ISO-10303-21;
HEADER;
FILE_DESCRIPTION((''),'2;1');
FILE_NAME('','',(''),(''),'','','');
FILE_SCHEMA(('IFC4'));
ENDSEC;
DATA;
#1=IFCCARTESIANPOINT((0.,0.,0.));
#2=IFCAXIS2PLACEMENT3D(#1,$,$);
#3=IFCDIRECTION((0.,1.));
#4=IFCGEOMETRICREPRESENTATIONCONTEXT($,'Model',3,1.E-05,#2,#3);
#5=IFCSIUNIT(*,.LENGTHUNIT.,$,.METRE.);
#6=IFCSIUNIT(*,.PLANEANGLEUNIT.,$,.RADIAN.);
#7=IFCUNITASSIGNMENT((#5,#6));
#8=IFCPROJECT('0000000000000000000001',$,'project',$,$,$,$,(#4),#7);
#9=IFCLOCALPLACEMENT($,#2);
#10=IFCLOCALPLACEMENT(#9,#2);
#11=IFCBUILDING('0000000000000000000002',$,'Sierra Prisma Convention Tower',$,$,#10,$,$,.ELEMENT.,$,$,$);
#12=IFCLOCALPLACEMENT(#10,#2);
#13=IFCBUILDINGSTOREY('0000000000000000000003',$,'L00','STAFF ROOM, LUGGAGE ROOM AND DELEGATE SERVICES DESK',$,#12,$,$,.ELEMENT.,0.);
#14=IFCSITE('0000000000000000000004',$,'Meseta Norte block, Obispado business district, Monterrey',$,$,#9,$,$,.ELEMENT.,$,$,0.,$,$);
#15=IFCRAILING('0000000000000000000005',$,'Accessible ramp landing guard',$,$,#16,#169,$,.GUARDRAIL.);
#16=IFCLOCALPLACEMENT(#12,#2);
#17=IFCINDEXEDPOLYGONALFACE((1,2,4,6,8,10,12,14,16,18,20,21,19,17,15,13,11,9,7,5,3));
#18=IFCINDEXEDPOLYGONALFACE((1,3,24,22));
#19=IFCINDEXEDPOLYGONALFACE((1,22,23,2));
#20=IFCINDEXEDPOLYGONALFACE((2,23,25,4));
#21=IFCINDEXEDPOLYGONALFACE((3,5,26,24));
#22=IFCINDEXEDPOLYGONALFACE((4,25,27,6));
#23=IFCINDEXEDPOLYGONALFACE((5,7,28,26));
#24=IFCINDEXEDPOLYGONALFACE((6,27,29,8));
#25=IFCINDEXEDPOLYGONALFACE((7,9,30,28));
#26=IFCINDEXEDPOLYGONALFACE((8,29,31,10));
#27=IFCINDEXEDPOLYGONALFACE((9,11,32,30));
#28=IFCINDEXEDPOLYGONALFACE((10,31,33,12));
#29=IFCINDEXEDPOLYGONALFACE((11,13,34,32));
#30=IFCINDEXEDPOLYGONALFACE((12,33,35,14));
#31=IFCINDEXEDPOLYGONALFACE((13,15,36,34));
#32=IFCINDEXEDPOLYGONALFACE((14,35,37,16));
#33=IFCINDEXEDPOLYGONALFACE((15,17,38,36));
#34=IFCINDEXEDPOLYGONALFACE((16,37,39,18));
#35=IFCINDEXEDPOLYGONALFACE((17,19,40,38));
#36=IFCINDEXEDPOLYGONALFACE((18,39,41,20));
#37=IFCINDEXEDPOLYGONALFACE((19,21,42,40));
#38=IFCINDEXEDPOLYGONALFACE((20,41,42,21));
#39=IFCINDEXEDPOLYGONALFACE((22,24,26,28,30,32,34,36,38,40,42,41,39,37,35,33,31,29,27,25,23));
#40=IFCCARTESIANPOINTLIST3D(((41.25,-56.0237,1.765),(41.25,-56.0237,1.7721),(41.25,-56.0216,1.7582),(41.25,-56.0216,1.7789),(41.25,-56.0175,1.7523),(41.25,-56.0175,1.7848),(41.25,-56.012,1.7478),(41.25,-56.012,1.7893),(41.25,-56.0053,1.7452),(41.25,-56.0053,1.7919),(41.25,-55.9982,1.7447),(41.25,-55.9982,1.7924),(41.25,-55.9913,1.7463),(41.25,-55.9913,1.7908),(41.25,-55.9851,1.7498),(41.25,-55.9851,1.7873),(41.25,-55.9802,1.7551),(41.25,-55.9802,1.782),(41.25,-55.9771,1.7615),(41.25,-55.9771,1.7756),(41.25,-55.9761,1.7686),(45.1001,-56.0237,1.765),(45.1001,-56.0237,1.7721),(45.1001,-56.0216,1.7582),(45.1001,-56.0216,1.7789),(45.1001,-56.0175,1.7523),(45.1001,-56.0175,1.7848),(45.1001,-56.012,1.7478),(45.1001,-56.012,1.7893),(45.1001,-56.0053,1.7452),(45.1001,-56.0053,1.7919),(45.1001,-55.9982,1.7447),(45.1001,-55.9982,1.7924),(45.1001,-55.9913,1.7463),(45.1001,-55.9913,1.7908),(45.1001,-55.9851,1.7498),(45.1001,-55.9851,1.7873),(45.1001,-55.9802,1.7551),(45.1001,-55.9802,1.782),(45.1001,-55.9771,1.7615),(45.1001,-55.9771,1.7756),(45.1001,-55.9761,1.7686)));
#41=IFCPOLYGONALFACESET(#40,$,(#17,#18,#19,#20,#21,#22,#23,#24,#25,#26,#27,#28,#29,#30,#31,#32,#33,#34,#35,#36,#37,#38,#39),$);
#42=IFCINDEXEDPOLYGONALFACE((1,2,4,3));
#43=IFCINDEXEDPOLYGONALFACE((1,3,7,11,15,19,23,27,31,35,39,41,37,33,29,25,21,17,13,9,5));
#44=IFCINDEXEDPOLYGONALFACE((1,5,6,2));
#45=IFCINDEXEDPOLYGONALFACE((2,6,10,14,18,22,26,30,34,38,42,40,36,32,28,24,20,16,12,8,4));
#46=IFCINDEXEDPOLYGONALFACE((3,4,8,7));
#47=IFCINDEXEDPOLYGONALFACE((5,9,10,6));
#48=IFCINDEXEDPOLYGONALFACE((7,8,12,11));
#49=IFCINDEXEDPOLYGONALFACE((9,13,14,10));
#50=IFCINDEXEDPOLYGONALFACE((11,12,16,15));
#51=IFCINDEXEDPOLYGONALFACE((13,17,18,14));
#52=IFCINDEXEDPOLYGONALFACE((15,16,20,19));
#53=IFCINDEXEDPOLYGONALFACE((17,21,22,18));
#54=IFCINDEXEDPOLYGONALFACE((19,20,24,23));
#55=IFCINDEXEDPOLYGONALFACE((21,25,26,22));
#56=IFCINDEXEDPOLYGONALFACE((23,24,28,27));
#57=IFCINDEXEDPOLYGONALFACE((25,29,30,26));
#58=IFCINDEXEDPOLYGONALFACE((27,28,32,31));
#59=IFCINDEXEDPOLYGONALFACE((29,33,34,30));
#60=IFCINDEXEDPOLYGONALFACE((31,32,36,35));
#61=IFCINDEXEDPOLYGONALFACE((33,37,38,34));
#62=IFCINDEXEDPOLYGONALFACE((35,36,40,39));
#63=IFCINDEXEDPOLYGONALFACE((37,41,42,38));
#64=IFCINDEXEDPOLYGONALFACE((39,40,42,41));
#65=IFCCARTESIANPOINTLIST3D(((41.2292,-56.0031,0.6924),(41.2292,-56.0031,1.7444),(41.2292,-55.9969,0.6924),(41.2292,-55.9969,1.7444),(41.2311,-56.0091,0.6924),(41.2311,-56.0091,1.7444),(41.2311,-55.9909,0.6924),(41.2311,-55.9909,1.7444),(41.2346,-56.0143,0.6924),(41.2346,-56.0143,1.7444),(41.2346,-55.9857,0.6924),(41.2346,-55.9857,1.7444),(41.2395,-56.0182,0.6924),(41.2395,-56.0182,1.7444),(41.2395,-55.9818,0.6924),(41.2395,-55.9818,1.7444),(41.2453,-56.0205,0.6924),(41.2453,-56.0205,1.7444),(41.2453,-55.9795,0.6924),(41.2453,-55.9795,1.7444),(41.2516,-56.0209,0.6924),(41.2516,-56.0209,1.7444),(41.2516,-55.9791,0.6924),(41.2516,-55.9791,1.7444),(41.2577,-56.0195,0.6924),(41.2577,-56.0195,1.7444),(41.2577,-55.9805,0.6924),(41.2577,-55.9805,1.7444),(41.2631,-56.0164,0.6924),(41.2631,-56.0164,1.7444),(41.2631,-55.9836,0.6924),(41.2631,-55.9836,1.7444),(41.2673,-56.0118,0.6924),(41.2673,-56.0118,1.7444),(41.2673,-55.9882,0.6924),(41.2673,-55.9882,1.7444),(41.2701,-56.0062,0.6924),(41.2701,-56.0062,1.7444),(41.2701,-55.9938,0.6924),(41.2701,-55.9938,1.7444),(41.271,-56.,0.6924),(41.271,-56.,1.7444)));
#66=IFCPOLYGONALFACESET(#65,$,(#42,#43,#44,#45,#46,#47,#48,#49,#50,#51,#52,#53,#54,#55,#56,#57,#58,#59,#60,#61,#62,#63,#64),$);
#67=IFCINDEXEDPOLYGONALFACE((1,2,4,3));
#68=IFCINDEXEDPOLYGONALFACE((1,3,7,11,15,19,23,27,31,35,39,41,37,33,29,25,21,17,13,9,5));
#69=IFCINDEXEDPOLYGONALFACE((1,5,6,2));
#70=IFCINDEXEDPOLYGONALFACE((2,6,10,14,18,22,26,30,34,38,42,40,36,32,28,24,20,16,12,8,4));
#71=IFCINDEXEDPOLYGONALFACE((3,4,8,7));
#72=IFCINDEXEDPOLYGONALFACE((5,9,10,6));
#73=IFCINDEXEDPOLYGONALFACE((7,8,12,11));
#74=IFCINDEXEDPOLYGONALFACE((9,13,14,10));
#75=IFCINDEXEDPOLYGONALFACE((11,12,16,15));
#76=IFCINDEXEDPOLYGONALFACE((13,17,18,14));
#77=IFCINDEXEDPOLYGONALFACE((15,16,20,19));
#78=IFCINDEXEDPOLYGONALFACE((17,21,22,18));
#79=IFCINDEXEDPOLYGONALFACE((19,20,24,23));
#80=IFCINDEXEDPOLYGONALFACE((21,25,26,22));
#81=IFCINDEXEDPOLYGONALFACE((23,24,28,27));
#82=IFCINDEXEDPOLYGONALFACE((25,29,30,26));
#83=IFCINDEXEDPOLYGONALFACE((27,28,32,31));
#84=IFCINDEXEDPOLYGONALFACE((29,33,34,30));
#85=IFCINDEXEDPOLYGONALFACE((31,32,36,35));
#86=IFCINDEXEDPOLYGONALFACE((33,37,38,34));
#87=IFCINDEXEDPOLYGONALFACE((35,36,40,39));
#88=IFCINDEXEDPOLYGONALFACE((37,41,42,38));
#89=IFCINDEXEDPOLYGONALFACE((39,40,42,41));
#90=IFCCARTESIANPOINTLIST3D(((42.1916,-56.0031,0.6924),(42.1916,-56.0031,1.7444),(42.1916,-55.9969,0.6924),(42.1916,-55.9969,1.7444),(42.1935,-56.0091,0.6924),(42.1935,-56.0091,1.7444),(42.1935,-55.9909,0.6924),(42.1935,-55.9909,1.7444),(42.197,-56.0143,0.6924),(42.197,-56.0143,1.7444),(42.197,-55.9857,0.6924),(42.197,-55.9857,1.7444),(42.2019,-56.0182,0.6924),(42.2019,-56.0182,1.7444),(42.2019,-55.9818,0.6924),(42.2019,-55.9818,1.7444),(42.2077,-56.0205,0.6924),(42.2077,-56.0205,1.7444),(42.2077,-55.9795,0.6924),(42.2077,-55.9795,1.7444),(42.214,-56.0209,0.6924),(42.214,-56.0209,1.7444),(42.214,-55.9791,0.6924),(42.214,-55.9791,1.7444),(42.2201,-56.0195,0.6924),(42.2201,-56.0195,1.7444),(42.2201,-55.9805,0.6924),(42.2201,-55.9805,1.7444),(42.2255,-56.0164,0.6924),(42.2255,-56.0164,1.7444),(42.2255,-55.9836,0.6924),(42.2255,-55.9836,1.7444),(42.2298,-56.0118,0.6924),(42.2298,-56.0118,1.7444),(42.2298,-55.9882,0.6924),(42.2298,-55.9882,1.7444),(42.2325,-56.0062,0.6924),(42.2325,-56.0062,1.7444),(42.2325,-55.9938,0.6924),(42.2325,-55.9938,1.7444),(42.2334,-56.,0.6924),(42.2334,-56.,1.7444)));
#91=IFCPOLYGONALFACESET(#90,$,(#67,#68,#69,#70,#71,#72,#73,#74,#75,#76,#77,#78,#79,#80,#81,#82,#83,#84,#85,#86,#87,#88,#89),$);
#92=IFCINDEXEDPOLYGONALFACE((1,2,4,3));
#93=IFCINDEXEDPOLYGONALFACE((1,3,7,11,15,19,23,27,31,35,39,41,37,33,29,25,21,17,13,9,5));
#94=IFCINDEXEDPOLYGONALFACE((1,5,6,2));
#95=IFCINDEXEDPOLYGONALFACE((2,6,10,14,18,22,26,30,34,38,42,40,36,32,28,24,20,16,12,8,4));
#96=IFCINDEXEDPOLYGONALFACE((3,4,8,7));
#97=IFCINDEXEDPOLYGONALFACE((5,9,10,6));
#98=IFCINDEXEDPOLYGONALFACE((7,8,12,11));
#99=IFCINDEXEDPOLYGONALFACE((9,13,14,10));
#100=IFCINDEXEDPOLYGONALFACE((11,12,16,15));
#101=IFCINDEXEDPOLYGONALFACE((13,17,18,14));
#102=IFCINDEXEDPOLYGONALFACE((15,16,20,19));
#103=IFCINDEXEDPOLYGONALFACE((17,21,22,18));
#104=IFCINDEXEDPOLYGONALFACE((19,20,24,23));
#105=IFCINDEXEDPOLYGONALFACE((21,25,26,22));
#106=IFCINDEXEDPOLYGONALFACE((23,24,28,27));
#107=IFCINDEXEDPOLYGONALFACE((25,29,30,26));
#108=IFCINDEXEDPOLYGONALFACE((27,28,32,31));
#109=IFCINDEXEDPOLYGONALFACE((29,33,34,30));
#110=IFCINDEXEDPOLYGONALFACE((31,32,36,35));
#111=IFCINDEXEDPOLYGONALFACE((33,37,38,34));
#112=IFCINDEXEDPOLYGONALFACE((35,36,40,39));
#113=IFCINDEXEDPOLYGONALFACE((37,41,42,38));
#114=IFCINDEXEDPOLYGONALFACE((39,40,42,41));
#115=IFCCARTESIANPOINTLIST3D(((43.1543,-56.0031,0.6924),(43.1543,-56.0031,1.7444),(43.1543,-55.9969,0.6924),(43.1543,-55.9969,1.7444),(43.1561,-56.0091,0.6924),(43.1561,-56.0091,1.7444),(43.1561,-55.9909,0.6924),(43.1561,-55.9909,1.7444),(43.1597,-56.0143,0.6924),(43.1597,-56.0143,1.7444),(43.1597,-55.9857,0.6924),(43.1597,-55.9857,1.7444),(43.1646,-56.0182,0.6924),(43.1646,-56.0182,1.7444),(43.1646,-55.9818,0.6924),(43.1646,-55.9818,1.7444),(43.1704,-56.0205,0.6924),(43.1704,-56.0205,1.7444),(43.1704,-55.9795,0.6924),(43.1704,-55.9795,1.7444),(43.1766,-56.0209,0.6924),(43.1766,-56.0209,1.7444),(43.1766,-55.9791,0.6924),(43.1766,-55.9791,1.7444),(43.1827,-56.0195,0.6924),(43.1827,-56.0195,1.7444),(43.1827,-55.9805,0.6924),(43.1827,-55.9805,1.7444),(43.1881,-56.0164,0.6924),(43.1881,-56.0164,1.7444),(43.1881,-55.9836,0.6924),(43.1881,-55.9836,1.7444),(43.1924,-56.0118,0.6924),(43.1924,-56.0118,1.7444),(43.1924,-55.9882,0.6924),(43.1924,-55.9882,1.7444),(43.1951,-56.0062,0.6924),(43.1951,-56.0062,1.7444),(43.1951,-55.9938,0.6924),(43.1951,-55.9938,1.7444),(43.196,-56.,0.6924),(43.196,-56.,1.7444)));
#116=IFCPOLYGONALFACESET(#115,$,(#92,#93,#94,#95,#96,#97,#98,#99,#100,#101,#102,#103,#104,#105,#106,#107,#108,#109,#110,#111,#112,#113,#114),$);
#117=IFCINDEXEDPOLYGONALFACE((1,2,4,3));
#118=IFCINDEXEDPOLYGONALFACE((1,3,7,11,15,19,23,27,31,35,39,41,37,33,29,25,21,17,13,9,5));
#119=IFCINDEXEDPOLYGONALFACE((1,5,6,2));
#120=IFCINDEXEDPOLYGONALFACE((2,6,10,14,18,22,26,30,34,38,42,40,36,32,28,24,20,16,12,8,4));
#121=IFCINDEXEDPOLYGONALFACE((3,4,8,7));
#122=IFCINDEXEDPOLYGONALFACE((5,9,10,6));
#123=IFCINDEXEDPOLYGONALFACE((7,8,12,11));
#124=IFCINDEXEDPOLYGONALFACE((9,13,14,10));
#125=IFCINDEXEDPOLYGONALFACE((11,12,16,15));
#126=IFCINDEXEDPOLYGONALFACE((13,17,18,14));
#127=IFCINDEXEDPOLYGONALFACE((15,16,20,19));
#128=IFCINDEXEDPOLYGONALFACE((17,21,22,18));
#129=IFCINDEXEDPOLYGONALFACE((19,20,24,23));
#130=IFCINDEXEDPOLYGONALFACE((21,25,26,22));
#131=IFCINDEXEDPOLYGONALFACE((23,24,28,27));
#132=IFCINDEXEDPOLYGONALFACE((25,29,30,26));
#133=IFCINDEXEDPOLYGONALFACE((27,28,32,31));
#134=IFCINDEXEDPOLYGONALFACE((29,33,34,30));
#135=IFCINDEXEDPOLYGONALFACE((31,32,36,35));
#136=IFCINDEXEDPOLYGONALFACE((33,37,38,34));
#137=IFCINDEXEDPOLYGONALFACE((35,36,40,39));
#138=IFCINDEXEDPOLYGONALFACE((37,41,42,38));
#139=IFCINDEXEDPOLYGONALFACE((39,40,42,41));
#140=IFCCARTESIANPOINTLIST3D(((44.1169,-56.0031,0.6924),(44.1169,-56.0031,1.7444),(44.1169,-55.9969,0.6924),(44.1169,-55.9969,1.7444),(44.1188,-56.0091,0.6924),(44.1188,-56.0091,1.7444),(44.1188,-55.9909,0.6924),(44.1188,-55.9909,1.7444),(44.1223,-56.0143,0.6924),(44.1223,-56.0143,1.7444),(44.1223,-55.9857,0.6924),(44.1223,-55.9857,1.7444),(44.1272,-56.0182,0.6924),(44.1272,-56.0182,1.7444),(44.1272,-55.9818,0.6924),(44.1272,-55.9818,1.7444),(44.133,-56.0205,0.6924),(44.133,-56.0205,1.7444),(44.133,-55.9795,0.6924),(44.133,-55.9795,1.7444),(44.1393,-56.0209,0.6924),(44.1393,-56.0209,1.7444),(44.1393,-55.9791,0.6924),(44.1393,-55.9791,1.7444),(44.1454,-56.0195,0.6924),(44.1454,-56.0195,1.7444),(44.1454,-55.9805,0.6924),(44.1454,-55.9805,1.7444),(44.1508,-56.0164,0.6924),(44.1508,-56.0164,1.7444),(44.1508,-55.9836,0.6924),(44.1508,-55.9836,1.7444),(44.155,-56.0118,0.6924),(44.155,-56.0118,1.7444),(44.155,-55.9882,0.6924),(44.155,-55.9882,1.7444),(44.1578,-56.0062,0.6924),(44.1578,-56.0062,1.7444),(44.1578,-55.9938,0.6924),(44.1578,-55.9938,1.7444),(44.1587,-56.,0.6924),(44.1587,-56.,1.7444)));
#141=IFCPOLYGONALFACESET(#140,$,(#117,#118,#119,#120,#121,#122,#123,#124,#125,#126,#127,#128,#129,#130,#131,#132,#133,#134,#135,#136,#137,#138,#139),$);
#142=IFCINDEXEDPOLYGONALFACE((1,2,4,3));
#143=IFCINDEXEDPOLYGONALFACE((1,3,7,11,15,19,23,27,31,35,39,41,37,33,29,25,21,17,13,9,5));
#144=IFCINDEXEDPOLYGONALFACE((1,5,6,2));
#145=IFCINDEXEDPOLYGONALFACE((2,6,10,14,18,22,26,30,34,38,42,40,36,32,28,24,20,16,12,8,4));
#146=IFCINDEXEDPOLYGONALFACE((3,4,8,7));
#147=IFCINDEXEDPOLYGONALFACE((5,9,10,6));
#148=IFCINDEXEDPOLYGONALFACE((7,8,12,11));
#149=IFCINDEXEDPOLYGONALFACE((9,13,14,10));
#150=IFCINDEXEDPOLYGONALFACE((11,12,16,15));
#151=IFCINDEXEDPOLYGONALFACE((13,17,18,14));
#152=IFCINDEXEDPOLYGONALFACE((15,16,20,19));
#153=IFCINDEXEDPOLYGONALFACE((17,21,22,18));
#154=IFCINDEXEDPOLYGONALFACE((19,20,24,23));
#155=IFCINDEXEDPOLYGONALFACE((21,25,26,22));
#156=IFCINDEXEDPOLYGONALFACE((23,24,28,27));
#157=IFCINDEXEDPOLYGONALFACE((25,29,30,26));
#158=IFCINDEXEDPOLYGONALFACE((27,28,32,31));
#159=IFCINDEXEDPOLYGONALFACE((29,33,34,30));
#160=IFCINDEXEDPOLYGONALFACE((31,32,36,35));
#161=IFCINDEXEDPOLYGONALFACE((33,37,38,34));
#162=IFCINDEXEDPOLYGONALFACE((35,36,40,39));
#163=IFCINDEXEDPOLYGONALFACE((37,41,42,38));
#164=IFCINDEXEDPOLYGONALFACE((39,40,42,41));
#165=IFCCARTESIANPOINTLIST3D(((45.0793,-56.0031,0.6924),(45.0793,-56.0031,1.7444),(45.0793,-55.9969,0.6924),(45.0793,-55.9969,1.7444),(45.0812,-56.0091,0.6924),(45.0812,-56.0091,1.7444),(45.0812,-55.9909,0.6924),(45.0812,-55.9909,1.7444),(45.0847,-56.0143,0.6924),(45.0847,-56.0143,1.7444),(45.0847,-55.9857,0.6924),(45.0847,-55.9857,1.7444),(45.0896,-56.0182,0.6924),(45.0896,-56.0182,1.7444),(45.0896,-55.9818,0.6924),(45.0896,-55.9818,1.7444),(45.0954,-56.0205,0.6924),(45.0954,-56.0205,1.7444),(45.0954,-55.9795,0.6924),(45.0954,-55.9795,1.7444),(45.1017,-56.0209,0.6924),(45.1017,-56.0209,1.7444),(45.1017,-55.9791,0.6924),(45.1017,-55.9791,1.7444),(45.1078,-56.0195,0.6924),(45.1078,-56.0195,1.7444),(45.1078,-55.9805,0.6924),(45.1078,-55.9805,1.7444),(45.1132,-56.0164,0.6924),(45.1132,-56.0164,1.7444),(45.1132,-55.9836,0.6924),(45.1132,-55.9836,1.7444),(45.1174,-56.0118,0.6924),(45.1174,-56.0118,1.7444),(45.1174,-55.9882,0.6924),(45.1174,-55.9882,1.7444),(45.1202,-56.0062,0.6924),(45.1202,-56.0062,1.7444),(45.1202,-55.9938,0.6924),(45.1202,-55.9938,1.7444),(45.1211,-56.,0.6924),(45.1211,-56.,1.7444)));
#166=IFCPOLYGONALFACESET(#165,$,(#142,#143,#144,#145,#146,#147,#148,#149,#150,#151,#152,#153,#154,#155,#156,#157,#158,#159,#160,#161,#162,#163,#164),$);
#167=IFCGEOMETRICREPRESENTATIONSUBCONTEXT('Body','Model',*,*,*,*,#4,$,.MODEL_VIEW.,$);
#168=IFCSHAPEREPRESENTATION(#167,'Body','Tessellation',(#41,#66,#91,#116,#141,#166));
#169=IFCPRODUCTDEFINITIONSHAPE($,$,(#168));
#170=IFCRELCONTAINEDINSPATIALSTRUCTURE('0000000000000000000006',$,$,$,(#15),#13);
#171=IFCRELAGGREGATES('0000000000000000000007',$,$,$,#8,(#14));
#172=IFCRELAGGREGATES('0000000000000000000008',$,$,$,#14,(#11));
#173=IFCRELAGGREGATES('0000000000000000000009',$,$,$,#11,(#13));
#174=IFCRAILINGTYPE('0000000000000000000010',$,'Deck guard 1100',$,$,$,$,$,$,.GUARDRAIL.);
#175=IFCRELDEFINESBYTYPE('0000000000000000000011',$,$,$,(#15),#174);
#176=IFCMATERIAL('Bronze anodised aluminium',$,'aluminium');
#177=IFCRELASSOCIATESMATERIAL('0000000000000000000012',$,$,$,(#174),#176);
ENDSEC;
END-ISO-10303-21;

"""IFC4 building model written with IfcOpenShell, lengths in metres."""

from ifc_helpers import new_model, si_unit, direction, frame, origin, origin_2d, place, context, subcontext, project, spatial, circle, extrude, material, type_object, element, save


model = new_model("IFC4")

# Units and contexts
model_context = context("Model", 3, precision=1e-05, world=origin(), true_north=direction((0.0, 1.0)))
body_context = subcontext(model_context, "Body", "Model", "MODEL_VIEW")
ifc_project = project(units=[si_unit("LENGTHUNIT", "METRE"), si_unit("PLANEANGLEUNIT", "RADIAN")], contexts=[model_context])

# Site, building, storey
site_placement = place(None, origin())
site = spatial("IfcSite", under=ifc_project, at=site_placement, Name="Meseta Norte block, Obispado business district, Monterrey", CompositionType="ELEMENT", RefElevation=0.0)
building_placement = place(site_placement, origin())
building = spatial("IfcBuilding", under=site, at=building_placement, Name="Sierra Prisma Convention Tower", CompositionType="ELEMENT")
storey_placement = place(building_placement, origin())
storey = spatial("IfcBuildingStorey", under=building, at=storey_placement, Name="L00", Description="STAFF ROOM, LUGGAGE ROOM AND DELEGATE SERVICES DESK", CompositionType="ELEMENT", Elevation=0.0)

# Railing
ifc_material_1 = material(Name="Bronze anodised aluminium", Category="aluminium")
railing_type = type_object("IfcRailingType", Name="Deck guard 1100", PredefinedType="GUARDRAIL", material=ifc_material_1)
for number, where, name in (
    (1, (41.25, -56.0, 0.6924), "Accessible ramp landing guard"),
):
    element("IfcRailing", number, at=place(storey_placement, frame(where)), inside=storey, type_object=railing_type, Name=name, PredefinedType="GUARDRAIL", context=body_context, shape_type="SweptSolid", body=[
        extrude(circle(Radius=0.0239, at=origin_2d()), frame((0.0, 0.0, 1.0762), z_axis=(1.0, 0.0, 0.0), x_axis=(0.0, 1.0, 0.0)), (0.0, 0.0, 1.0), 3.8501),
        extrude(circle(Radius=0.021, at=origin_2d()), origin(), (0.0, 0.0, 1.0), 1.052),
        extrude(circle(Radius=0.021, at=origin_2d()), frame((0.9624, 0.0, 0.0)), (0.0, 0.0, 1.0), 1.052),
        extrude(circle(Radius=0.021, at=origin_2d()), frame((1.925, 0.0, 0.0)), (0.0, 0.0, 1.0), 1.052),
        extrude(circle(Radius=0.021, at=origin_2d()), frame((2.8877, 0.0, 0.0)), (0.0, 0.0, 1.0), 1.052),
        extrude(circle(Radius=0.021, at=origin_2d()), frame((3.8501, 0.0, 0.0)), (0.0, 0.0, 1.0), 1.052),
    ])

save(model, "model.ifc")
